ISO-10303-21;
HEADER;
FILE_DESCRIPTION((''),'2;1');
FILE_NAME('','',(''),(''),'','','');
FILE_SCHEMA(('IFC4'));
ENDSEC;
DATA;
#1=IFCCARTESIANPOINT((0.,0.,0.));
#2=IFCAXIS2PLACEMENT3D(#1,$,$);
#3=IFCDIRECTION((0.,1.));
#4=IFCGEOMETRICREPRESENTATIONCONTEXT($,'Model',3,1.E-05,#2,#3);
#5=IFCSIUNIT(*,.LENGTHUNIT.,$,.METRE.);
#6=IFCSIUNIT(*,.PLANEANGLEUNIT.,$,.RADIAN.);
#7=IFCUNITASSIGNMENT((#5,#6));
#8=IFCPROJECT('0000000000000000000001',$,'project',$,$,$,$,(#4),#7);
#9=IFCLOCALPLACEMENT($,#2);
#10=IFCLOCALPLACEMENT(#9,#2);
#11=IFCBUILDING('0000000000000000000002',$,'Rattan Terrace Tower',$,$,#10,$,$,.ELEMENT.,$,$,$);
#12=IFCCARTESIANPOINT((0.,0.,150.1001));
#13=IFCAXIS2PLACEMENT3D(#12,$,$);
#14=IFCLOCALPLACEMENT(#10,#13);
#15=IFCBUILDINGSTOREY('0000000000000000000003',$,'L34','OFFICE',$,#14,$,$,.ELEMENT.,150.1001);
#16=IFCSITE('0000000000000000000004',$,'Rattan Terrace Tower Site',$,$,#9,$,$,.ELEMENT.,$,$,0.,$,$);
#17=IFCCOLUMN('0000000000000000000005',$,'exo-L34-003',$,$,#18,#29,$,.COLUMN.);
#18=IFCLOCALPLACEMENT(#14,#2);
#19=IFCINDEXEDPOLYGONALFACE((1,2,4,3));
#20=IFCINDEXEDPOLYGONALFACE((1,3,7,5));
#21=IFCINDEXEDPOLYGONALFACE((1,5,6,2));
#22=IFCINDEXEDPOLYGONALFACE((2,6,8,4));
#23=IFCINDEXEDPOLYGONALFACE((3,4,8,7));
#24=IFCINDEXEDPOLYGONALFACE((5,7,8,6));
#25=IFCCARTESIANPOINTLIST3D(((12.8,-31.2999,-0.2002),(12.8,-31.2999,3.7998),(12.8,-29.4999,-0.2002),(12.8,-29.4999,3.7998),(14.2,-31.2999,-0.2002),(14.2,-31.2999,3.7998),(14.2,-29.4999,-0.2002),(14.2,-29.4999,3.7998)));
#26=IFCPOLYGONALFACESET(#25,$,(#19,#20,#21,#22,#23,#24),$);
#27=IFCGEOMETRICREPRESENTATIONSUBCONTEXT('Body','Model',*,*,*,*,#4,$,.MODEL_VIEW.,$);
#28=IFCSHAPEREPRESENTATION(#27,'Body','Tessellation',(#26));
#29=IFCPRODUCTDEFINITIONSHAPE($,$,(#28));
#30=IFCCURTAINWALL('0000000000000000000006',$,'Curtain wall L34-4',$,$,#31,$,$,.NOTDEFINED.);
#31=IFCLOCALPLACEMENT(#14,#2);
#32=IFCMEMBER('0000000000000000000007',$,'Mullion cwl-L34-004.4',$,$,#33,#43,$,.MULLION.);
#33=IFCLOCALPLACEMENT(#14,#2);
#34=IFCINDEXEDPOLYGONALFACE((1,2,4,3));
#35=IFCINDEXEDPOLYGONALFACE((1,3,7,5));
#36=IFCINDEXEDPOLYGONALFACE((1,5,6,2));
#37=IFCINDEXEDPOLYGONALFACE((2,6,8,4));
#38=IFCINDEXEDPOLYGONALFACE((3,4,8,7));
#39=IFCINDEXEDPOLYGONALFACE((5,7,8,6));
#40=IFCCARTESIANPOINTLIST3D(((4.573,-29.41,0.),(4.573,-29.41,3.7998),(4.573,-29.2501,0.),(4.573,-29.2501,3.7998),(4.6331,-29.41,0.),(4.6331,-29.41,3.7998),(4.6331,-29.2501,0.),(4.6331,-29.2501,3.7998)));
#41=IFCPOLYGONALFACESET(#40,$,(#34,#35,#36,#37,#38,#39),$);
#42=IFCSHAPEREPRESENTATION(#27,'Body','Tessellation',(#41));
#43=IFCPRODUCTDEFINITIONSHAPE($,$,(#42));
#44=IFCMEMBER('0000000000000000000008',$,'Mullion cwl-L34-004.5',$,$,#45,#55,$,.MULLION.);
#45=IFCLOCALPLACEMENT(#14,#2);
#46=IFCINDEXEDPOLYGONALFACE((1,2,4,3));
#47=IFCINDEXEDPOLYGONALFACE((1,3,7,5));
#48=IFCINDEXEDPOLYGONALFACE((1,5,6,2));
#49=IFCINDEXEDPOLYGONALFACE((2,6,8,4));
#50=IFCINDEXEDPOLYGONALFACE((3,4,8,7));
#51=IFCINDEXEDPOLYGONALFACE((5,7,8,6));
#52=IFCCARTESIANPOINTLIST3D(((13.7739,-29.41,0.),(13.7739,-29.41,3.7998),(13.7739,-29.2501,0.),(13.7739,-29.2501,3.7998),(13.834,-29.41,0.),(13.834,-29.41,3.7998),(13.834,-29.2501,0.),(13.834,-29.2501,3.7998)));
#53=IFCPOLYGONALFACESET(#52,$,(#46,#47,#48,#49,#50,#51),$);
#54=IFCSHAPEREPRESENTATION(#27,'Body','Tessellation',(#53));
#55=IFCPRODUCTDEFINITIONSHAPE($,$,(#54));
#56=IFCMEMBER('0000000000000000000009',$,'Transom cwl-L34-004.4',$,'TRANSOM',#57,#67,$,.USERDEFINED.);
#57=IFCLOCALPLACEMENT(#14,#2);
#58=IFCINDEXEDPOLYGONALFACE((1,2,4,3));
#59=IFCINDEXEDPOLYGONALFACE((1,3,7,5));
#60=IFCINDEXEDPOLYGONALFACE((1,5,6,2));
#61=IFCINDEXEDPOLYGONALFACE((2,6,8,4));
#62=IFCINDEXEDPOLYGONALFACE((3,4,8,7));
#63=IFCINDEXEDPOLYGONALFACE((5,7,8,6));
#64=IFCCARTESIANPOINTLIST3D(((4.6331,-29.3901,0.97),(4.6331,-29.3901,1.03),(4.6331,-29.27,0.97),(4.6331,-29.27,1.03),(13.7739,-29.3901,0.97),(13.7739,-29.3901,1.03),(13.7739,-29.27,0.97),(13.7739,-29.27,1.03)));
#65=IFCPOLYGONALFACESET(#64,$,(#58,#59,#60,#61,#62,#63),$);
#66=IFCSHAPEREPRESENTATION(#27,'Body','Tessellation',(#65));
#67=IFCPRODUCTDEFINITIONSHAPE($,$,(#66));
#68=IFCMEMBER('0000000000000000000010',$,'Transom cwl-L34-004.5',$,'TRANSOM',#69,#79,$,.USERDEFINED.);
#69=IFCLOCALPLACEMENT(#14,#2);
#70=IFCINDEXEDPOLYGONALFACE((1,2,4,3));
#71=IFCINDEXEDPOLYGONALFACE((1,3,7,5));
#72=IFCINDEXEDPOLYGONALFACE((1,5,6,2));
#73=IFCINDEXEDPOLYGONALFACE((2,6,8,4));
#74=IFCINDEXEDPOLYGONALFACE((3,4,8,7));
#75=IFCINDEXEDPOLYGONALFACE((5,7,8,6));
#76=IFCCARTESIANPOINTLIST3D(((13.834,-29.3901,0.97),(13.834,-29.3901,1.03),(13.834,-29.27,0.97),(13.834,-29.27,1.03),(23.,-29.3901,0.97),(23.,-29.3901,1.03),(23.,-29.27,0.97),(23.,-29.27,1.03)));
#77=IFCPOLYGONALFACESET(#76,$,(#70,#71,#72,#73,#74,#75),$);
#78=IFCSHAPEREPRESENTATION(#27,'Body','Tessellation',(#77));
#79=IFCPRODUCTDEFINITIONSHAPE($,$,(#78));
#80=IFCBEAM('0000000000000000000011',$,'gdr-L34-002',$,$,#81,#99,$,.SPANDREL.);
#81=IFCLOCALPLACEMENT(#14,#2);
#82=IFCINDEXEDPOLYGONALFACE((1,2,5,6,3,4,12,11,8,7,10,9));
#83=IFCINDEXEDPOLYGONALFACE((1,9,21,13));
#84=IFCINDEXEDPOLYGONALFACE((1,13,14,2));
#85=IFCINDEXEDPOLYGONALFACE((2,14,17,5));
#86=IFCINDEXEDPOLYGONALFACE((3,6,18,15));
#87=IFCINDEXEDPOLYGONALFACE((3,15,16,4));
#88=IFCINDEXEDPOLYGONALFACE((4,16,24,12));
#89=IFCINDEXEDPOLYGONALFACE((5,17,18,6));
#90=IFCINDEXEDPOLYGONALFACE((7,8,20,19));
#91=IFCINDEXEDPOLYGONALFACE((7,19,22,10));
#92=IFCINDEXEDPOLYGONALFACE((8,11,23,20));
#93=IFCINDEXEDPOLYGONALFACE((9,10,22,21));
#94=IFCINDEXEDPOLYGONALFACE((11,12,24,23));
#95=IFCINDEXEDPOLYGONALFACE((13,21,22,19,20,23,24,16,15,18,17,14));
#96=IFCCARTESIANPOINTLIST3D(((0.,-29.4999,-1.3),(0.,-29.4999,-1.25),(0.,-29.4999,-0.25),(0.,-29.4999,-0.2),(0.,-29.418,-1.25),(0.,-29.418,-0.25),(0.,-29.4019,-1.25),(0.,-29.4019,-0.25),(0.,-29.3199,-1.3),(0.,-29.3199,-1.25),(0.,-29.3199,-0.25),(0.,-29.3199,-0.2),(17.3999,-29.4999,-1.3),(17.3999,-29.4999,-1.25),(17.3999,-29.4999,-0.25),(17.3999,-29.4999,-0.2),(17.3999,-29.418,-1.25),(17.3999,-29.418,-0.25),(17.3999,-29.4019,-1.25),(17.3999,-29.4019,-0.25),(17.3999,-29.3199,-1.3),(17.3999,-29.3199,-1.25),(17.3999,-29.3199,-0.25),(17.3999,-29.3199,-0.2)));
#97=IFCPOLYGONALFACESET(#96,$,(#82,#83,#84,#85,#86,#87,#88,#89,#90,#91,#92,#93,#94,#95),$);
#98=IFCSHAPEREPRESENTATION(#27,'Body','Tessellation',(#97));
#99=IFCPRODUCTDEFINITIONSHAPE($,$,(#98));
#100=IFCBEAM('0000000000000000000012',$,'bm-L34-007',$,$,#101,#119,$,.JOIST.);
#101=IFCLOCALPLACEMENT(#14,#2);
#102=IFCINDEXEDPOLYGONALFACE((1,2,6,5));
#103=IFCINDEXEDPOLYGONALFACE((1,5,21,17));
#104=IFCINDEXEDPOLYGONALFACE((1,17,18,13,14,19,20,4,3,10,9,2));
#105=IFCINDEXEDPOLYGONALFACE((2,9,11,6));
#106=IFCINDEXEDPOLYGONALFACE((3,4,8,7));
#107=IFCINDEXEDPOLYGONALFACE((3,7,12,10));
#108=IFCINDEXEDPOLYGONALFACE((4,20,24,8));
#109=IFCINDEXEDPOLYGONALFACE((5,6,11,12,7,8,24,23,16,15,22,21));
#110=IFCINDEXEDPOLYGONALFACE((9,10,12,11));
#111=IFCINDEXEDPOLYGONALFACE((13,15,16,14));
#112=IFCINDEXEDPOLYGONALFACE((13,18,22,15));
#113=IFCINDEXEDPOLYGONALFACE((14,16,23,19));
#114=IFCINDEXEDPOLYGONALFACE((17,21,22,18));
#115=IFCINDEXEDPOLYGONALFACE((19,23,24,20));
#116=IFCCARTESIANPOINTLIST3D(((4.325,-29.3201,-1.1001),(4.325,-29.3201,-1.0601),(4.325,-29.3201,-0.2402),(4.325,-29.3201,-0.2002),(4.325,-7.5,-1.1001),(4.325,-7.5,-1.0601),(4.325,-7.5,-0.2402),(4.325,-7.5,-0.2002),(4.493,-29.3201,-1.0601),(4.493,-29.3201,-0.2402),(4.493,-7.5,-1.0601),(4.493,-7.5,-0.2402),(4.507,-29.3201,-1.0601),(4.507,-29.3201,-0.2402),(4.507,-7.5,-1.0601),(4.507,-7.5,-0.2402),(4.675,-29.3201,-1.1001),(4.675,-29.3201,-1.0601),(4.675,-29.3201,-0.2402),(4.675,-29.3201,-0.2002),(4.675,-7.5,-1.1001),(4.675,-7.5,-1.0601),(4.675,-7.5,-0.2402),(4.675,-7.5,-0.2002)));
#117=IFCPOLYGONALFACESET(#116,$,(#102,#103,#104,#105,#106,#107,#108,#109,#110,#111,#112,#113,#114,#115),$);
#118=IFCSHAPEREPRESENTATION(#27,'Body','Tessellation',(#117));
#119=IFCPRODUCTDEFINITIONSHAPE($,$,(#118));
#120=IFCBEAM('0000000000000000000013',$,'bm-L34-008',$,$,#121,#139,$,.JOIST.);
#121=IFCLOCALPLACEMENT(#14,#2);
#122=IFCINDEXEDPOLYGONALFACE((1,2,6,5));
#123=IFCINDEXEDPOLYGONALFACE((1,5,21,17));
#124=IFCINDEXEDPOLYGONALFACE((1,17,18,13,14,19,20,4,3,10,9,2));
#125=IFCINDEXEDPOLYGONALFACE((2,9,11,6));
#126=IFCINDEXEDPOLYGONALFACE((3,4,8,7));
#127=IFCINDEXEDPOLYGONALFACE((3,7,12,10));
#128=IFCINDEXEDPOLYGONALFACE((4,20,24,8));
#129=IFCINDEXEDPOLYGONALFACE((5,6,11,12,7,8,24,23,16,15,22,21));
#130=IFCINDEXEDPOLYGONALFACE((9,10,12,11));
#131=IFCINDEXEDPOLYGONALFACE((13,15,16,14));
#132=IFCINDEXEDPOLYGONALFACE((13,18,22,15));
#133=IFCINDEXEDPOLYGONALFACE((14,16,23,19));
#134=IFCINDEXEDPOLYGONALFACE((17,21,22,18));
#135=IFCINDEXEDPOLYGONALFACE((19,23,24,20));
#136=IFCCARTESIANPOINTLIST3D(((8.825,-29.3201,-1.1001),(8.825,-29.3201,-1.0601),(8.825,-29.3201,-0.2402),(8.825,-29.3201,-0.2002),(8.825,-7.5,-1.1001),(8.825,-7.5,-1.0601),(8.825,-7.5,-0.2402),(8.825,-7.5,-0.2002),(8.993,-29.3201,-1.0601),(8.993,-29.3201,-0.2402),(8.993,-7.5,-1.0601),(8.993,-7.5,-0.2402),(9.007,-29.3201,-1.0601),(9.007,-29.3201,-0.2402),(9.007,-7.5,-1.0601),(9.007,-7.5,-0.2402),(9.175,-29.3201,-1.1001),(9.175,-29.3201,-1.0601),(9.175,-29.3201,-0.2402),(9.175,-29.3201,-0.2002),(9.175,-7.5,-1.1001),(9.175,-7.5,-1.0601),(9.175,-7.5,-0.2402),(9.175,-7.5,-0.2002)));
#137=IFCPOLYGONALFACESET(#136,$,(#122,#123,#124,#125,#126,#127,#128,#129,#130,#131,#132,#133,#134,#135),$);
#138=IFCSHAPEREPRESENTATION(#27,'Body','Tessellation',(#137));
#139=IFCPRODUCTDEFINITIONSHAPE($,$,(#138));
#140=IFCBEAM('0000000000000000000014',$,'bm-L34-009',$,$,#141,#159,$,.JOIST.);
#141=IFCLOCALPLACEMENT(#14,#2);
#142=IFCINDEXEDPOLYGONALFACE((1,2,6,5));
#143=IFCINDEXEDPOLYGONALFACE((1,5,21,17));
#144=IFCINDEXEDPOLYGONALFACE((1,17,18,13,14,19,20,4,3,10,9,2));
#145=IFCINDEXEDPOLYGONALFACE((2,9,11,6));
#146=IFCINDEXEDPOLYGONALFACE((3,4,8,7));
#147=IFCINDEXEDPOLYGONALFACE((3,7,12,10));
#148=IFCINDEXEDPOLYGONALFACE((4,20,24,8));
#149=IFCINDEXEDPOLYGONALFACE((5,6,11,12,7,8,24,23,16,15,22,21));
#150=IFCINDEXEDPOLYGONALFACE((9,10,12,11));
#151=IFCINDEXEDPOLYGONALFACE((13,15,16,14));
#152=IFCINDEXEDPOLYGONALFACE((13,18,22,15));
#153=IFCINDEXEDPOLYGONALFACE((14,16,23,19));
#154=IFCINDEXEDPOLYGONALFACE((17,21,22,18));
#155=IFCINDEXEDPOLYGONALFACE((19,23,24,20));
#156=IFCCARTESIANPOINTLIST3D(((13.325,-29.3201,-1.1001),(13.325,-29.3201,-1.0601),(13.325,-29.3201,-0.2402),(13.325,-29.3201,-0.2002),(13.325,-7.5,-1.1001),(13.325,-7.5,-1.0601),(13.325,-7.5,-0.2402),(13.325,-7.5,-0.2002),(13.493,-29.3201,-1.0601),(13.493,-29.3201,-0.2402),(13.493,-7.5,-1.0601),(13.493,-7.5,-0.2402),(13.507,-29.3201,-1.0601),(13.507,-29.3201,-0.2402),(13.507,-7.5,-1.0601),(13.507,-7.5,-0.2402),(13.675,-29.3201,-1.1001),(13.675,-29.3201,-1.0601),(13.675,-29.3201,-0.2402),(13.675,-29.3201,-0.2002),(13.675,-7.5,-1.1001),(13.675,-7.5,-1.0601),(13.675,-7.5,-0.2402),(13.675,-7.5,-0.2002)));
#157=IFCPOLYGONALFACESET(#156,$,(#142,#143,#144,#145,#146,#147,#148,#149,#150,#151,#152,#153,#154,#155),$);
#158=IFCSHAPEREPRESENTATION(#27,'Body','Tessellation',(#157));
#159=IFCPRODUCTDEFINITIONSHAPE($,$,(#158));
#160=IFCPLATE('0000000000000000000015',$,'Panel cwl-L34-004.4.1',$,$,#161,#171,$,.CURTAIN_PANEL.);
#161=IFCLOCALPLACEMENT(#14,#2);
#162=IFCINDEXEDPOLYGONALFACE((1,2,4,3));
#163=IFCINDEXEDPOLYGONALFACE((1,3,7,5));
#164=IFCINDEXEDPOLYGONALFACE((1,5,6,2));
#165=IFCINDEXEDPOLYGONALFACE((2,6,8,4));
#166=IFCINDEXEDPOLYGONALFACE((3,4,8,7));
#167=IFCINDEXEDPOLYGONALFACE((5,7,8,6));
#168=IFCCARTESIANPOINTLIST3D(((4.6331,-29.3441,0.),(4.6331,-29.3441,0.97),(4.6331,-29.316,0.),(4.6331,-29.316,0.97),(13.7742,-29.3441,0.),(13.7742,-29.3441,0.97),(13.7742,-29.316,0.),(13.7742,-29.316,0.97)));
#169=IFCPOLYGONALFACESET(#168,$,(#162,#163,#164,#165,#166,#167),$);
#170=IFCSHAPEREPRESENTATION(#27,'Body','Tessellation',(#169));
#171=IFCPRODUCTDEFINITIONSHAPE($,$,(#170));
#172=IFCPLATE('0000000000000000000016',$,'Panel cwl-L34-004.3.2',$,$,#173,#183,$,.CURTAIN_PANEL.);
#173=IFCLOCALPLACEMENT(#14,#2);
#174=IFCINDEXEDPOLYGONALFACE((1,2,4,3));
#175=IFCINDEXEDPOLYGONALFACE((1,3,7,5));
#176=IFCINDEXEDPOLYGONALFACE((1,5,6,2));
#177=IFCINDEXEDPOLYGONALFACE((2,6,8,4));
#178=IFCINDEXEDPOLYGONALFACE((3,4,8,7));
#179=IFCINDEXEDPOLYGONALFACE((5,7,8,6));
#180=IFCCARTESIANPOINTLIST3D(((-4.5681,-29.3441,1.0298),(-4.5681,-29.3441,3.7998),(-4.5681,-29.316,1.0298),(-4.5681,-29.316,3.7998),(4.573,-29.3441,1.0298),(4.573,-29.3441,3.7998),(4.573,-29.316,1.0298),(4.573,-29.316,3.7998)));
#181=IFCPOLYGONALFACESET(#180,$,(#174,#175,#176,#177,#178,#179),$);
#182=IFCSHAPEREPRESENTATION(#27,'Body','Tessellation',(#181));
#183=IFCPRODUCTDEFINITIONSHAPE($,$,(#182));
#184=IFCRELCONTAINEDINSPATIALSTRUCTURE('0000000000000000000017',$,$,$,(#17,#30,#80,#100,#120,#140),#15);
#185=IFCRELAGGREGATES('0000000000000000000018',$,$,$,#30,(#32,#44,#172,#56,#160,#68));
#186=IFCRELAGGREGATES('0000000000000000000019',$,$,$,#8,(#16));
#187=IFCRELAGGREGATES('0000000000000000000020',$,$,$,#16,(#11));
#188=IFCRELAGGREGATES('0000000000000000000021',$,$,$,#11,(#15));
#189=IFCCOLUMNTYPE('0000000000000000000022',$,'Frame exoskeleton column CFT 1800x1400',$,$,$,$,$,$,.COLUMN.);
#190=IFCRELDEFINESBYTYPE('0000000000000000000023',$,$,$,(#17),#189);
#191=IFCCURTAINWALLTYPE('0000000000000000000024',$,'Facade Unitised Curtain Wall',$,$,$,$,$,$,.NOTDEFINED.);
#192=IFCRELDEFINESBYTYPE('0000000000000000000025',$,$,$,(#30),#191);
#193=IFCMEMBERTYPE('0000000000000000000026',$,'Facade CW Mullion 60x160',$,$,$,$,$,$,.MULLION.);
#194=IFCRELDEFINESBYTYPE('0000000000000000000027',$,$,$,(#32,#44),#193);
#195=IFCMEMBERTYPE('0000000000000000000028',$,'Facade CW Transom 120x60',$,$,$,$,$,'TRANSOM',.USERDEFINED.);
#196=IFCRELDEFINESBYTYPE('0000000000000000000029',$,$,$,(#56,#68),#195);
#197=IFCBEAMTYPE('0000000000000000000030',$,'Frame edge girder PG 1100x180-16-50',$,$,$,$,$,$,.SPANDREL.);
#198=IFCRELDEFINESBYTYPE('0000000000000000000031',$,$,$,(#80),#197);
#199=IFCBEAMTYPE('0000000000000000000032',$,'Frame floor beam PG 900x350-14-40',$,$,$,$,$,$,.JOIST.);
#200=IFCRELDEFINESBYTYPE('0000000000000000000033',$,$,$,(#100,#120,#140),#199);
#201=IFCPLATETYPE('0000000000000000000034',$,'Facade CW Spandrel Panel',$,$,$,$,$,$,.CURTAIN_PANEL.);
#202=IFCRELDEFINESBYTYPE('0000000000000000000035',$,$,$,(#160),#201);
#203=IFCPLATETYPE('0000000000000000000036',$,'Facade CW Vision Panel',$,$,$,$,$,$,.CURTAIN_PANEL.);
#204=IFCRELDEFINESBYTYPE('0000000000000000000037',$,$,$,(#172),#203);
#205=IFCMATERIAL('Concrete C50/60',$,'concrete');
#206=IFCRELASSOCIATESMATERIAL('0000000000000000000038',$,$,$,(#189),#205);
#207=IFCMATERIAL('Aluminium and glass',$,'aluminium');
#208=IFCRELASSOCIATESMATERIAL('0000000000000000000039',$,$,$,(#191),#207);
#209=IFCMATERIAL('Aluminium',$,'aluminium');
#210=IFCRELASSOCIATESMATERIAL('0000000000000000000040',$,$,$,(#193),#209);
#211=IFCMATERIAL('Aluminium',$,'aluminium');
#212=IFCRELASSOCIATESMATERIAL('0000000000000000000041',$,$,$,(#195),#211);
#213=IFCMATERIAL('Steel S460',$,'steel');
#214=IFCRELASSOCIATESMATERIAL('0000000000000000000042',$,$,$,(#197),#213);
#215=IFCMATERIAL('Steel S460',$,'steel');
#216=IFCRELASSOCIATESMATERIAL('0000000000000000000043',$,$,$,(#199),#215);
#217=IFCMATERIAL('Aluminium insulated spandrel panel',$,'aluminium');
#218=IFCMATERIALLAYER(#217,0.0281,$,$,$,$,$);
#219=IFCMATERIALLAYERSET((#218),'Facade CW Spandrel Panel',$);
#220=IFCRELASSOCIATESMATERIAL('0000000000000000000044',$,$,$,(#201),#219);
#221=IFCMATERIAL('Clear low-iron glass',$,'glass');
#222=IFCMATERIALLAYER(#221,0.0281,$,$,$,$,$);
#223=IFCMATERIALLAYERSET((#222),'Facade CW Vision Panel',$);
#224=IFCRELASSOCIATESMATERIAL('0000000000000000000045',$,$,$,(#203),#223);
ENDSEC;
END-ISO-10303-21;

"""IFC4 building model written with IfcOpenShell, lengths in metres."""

from ifc_helpers import new_model, si_unit, direction, frame, origin, origin_2d, place, context, subcontext, project, spatial, rectangle, i_section, extrude, material, layer, layer_set, material_profile, profile_set, type_object, element, aggregate, save


model = new_model("IFC4")

# Units and contexts
model_context = context("Model", 3, precision=1e-05, world=origin(), true_north=direction((0.0, 1.0)))
body_context = subcontext(model_context, "Body", "Model", "MODEL_VIEW")
ifc_project = project(units=[si_unit("LENGTHUNIT", "METRE"), si_unit("PLANEANGLEUNIT", "RADIAN")], contexts=[model_context])

# Site, building, storey
site_placement = place(None, origin())
site = spatial("IfcSite", under=ifc_project, at=site_placement, Name="Rattan Terrace Tower Site", CompositionType="ELEMENT", RefElevation=0.0)
building_placement = place(site_placement, origin())
building = spatial("IfcBuilding", under=site, at=building_placement, Name="Rattan Terrace Tower", CompositionType="ELEMENT")
storey_placement = place(building_placement, frame((0.0, 0.0, 150.1001)))
storey = spatial("IfcBuildingStorey", under=building, at=storey_placement, Name="L34", Description="OFFICE", CompositionType="ELEMENT", Elevation=150.1001)

# Column
ifc_material_1 = material(Name="Concrete C50/60", Category="concrete")
ifc_material_profile_1 = material_profile(ifc_material_1, rectangle(XDim=1.3999, YDim=1.8, at=origin_2d()), Name="CFT 1800x1400")
ifc_profile_set_1 = profile_set([ifc_material_profile_1], Name="Concrete C50/60")
column_type = type_object("IfcColumnType", Name="Frame exoskeleton column CFT 1800x1400", PredefinedType="COLUMN", material=ifc_profile_set_1)
column_placement = place(storey_placement, frame((13.5, -30.3999, -0.2002), z_axis=(0.0, 0.0, 1.0), x_axis=(1.0, 0.0, 0.0)))
element("IfcColumn", 1, at=column_placement, inside=storey, type_object=column_type, Name="exo-L34-003", PredefinedType="COLUMN", context=body_context, shape_type="SweptSolid", body=[
    extrude(rectangle(XDim=1.3999, YDim=1.8, at=origin_2d()), origin(), (0.0, 0.0, 1.0), 4.0),
])

# Curtain wall, members
ifc_material_2 = material(Name="Aluminium and glass", Category="aluminium")
curtain_wall_type = type_object("IfcCurtainWallType", Name="Facade Unitised Curtain Wall", PredefinedType="NOTDEFINED", material=ifc_material_2)
curtain_wall_placement = place(storey_placement, origin())
curtain_wall = element("IfcCurtainWall", 2, at=curtain_wall_placement, inside=storey, type_object=curtain_wall_type, Name="Curtain wall L34-4", PredefinedType="NOTDEFINED")
ifc_material_3 = material(Name="Aluminium", Category="aluminium")
ifc_material_profile_2 = material_profile(ifc_material_3, rectangle(XDim=0.0601, YDim=0.1599, at=origin_2d()), Name="Aluminium 60x160")
ifc_profile_set_2 = profile_set([ifc_material_profile_2], Name="Aluminium")
member_type_1 = type_object("IfcMemberType", Name="Facade CW Mullion 60x160", PredefinedType="MULLION", material=ifc_profile_set_2)
member_1_placement = place(storey_placement, frame((4.603, -29.3301, 0.0), z_axis=(0.0, 0.0, 1.0), x_axis=(1.0, 0.0, 0.0)))
member_1 = element("IfcMember", 3, at=member_1_placement, type_object=member_type_1, Name="Mullion cwl-L34-004.4", PredefinedType="MULLION", context=body_context, shape_type="SweptSolid", body=[
    extrude(rectangle(XDim=0.0601, YDim=0.1599, at=origin_2d()), origin(), (0.0, 0.0, 1.0), 3.7998),
])
member_2_placement = place(storey_placement, frame((13.804, -29.3301, 0.0), z_axis=(0.0, 0.0, 1.0), x_axis=(1.0, 0.0, 0.0)))
member_2 = element("IfcMember", 4, at=member_2_placement, type_object=member_type_1, Name="Mullion cwl-L34-004.5", PredefinedType="MULLION", context=body_context, shape_type="SweptSolid", body=[
    extrude(rectangle(XDim=0.0601, YDim=0.1599, at=origin_2d()), origin(), (0.0, 0.0, 1.0), 3.7998),
])
ifc_material_4 = material(Name="Aluminium", Category="aluminium")
ifc_material_profile_3 = material_profile(ifc_material_4, rectangle(XDim=0.1201, YDim=0.0601, at=origin_2d()), Name="Aluminium 120x60")
ifc_profile_set_3 = profile_set([ifc_material_profile_3], Name="Aluminium")
member_type_2 = type_object("IfcMemberType", Name="Facade CW Transom 120x60", ElementType="TRANSOM", PredefinedType="USERDEFINED", material=ifc_profile_set_3)
member_3_placement = place(storey_placement, frame((4.6331, -29.3301, 1.0), z_axis=(1.0, 0.0, 0.0), x_axis=(0.0, 1.0, 0.0)))
member_3 = element("IfcMember", 5, at=member_3_placement, type_object=member_type_2, Name="Transom cwl-L34-004.4", ObjectType="TRANSOM", PredefinedType="USERDEFINED", context=body_context, shape_type="SweptSolid", body=[
    extrude(rectangle(XDim=0.1201, YDim=0.0601, at=origin_2d()), origin(), (0.0, 0.0, 1.0), 9.1409),
])
member_4_placement = place(storey_placement, frame((13.834, -29.3301, 1.0), z_axis=(1.0, 0.0, 0.0), x_axis=(0.0, 1.0, 0.0)))
member_4 = element("IfcMember", 6, at=member_4_placement, type_object=member_type_2, Name="Transom cwl-L34-004.5", ObjectType="TRANSOM", PredefinedType="USERDEFINED", context=body_context, shape_type="SweptSolid", body=[
    extrude(rectangle(XDim=0.1201, YDim=0.0601, at=origin_2d()), origin(), (0.0, 0.0, 1.0), 9.166),
])

# Beams
ifc_material_5 = material(Name="Steel S460", Category="steel")
ifc_material_profile_4 = material_profile(ifc_material_5, i_section(OverallWidth=0.1799, OverallDepth=1.1001, WebThickness=0.0161, FlangeThickness=0.05, at=origin_2d()), Name="PG 1100x180-16-50")
ifc_profile_set_4 = profile_set([ifc_material_profile_4], Name="Steel S460")
beam_type_1 = type_object("IfcBeamType", Name="Frame edge girder PG 1100x180-16-50", PredefinedType="SPANDREL", material=ifc_profile_set_4)
beam_placement = place(storey_placement, frame((17.3999, -29.4099, -0.75), z_axis=(-1.0, 0.0, 0.0), x_axis=(0.0, -1.0, 0.0)))
element("IfcBeam", 7, at=beam_placement, inside=storey, type_object=beam_type_1, Name="gdr-L34-002", PredefinedType="SPANDREL", context=body_context, shape_type="SweptSolid", body=[
    extrude(i_section(OverallWidth=0.1799, OverallDepth=1.1001, WebThickness=0.0161, FlangeThickness=0.05, at=origin_2d()), origin(), (0.0, 0.0, 1.0), 17.3999),
])
ifc_material_6 = material(Name="Steel S460", Category="steel")
ifc_material_profile_5 = material_profile(ifc_material_6, i_section(OverallWidth=0.3501, OverallDepth=0.8999, WebThickness=0.0139, FlangeThickness=0.04, at=origin_2d()), Name="PG 900x350-14-40")
ifc_profile_set_5 = profile_set([ifc_material_profile_5], Name="Steel S460")
beam_type_2 = type_object("IfcBeamType", Name="Frame floor beam PG 900x350-14-40", PredefinedType="JOIST", material=ifc_profile_set_5)
for number, where, z_axis, x_axis, name in (
    (8, (4.5, -29.3201, -0.6501), (0.0, 1.0, 0.0), (-1.0, 0.0, 0.0), "bm-L34-007"),
    (9, (9.0, -29.3201, -0.6501), (0.0, 1.0, 0.0), (-1.0, 0.0, 0.0), "bm-L34-008"),
    (10, (13.5, -29.3201, -0.6501), (0.0, 1.0, 0.0), (-1.0, 0.0, 0.0), "bm-L34-009"),
):
    element("IfcBeam", number, at=place(storey_placement, frame(where, z_axis=z_axis, x_axis=x_axis)), inside=storey, type_object=beam_type_2, Name=name, PredefinedType="JOIST", context=body_context, shape_type="SweptSolid", body=[
        extrude(i_section(OverallWidth=0.3501, OverallDepth=0.8999, WebThickness=0.0139, FlangeThickness=0.04, at=origin_2d()), origin(), (0.0, 0.0, 1.0), 21.8201),
    ])

# Plates
ifc_material_7 = material(Name="Aluminium insulated spandrel panel", Category="aluminium")
ifc_layer_1 = layer(ifc_material_7, 0.0281)
ifc_layer_set_1 = layer_set([ifc_layer_1], Name="Facade CW Spandrel Panel")
plate_type_1 = type_object("IfcPlateType", Name="Facade CW Spandrel Panel", PredefinedType="CURTAIN_PANEL", material=ifc_layer_set_1)
plate_1_placement = place(storey_placement, frame((9.2036, -29.3301, 0.0), z_axis=(0.0, 0.0, 1.0), x_axis=(1.0, 0.0, 0.0)))
plate_1 = element("IfcPlate", 11, at=plate_1_placement, type_object=plate_type_1, Name="Panel cwl-L34-004.4.1", PredefinedType="CURTAIN_PANEL", context=body_context, shape_type="SweptSolid", body=[
    extrude(rectangle(XDim=9.1411, YDim=0.0281, at=origin_2d()), origin(), (0.0, 0.0, 1.0), 0.97),
])
ifc_material_8 = material(Name="Clear low-iron glass", Category="glass")
ifc_layer_2 = layer(ifc_material_8, 0.0281)
ifc_layer_set_2 = layer_set([ifc_layer_2], Name="Facade CW Vision Panel")
plate_type_2 = type_object("IfcPlateType", Name="Facade CW Vision Panel", PredefinedType="CURTAIN_PANEL", material=ifc_layer_set_2)
plate_2_placement = place(storey_placement, frame((0.0024, -29.3301, 1.0298), z_axis=(0.0, 0.0, 1.0), x_axis=(1.0, 0.0, 0.0)))
plate_2 = element("IfcPlate", 12, at=plate_2_placement, type_object=plate_type_2, Name="Panel cwl-L34-004.3.2", PredefinedType="CURTAIN_PANEL", context=body_context, shape_type="SweptSolid", body=[
    extrude(rectangle(XDim=9.1411, YDim=0.0281, at=origin_2d()), origin(), (0.0, 0.0, 1.0), 2.77),
])
aggregate(curtain_wall, [member_1, member_2, plate_2, member_3, plate_1, member_4])

save(model, "model.ifc")
